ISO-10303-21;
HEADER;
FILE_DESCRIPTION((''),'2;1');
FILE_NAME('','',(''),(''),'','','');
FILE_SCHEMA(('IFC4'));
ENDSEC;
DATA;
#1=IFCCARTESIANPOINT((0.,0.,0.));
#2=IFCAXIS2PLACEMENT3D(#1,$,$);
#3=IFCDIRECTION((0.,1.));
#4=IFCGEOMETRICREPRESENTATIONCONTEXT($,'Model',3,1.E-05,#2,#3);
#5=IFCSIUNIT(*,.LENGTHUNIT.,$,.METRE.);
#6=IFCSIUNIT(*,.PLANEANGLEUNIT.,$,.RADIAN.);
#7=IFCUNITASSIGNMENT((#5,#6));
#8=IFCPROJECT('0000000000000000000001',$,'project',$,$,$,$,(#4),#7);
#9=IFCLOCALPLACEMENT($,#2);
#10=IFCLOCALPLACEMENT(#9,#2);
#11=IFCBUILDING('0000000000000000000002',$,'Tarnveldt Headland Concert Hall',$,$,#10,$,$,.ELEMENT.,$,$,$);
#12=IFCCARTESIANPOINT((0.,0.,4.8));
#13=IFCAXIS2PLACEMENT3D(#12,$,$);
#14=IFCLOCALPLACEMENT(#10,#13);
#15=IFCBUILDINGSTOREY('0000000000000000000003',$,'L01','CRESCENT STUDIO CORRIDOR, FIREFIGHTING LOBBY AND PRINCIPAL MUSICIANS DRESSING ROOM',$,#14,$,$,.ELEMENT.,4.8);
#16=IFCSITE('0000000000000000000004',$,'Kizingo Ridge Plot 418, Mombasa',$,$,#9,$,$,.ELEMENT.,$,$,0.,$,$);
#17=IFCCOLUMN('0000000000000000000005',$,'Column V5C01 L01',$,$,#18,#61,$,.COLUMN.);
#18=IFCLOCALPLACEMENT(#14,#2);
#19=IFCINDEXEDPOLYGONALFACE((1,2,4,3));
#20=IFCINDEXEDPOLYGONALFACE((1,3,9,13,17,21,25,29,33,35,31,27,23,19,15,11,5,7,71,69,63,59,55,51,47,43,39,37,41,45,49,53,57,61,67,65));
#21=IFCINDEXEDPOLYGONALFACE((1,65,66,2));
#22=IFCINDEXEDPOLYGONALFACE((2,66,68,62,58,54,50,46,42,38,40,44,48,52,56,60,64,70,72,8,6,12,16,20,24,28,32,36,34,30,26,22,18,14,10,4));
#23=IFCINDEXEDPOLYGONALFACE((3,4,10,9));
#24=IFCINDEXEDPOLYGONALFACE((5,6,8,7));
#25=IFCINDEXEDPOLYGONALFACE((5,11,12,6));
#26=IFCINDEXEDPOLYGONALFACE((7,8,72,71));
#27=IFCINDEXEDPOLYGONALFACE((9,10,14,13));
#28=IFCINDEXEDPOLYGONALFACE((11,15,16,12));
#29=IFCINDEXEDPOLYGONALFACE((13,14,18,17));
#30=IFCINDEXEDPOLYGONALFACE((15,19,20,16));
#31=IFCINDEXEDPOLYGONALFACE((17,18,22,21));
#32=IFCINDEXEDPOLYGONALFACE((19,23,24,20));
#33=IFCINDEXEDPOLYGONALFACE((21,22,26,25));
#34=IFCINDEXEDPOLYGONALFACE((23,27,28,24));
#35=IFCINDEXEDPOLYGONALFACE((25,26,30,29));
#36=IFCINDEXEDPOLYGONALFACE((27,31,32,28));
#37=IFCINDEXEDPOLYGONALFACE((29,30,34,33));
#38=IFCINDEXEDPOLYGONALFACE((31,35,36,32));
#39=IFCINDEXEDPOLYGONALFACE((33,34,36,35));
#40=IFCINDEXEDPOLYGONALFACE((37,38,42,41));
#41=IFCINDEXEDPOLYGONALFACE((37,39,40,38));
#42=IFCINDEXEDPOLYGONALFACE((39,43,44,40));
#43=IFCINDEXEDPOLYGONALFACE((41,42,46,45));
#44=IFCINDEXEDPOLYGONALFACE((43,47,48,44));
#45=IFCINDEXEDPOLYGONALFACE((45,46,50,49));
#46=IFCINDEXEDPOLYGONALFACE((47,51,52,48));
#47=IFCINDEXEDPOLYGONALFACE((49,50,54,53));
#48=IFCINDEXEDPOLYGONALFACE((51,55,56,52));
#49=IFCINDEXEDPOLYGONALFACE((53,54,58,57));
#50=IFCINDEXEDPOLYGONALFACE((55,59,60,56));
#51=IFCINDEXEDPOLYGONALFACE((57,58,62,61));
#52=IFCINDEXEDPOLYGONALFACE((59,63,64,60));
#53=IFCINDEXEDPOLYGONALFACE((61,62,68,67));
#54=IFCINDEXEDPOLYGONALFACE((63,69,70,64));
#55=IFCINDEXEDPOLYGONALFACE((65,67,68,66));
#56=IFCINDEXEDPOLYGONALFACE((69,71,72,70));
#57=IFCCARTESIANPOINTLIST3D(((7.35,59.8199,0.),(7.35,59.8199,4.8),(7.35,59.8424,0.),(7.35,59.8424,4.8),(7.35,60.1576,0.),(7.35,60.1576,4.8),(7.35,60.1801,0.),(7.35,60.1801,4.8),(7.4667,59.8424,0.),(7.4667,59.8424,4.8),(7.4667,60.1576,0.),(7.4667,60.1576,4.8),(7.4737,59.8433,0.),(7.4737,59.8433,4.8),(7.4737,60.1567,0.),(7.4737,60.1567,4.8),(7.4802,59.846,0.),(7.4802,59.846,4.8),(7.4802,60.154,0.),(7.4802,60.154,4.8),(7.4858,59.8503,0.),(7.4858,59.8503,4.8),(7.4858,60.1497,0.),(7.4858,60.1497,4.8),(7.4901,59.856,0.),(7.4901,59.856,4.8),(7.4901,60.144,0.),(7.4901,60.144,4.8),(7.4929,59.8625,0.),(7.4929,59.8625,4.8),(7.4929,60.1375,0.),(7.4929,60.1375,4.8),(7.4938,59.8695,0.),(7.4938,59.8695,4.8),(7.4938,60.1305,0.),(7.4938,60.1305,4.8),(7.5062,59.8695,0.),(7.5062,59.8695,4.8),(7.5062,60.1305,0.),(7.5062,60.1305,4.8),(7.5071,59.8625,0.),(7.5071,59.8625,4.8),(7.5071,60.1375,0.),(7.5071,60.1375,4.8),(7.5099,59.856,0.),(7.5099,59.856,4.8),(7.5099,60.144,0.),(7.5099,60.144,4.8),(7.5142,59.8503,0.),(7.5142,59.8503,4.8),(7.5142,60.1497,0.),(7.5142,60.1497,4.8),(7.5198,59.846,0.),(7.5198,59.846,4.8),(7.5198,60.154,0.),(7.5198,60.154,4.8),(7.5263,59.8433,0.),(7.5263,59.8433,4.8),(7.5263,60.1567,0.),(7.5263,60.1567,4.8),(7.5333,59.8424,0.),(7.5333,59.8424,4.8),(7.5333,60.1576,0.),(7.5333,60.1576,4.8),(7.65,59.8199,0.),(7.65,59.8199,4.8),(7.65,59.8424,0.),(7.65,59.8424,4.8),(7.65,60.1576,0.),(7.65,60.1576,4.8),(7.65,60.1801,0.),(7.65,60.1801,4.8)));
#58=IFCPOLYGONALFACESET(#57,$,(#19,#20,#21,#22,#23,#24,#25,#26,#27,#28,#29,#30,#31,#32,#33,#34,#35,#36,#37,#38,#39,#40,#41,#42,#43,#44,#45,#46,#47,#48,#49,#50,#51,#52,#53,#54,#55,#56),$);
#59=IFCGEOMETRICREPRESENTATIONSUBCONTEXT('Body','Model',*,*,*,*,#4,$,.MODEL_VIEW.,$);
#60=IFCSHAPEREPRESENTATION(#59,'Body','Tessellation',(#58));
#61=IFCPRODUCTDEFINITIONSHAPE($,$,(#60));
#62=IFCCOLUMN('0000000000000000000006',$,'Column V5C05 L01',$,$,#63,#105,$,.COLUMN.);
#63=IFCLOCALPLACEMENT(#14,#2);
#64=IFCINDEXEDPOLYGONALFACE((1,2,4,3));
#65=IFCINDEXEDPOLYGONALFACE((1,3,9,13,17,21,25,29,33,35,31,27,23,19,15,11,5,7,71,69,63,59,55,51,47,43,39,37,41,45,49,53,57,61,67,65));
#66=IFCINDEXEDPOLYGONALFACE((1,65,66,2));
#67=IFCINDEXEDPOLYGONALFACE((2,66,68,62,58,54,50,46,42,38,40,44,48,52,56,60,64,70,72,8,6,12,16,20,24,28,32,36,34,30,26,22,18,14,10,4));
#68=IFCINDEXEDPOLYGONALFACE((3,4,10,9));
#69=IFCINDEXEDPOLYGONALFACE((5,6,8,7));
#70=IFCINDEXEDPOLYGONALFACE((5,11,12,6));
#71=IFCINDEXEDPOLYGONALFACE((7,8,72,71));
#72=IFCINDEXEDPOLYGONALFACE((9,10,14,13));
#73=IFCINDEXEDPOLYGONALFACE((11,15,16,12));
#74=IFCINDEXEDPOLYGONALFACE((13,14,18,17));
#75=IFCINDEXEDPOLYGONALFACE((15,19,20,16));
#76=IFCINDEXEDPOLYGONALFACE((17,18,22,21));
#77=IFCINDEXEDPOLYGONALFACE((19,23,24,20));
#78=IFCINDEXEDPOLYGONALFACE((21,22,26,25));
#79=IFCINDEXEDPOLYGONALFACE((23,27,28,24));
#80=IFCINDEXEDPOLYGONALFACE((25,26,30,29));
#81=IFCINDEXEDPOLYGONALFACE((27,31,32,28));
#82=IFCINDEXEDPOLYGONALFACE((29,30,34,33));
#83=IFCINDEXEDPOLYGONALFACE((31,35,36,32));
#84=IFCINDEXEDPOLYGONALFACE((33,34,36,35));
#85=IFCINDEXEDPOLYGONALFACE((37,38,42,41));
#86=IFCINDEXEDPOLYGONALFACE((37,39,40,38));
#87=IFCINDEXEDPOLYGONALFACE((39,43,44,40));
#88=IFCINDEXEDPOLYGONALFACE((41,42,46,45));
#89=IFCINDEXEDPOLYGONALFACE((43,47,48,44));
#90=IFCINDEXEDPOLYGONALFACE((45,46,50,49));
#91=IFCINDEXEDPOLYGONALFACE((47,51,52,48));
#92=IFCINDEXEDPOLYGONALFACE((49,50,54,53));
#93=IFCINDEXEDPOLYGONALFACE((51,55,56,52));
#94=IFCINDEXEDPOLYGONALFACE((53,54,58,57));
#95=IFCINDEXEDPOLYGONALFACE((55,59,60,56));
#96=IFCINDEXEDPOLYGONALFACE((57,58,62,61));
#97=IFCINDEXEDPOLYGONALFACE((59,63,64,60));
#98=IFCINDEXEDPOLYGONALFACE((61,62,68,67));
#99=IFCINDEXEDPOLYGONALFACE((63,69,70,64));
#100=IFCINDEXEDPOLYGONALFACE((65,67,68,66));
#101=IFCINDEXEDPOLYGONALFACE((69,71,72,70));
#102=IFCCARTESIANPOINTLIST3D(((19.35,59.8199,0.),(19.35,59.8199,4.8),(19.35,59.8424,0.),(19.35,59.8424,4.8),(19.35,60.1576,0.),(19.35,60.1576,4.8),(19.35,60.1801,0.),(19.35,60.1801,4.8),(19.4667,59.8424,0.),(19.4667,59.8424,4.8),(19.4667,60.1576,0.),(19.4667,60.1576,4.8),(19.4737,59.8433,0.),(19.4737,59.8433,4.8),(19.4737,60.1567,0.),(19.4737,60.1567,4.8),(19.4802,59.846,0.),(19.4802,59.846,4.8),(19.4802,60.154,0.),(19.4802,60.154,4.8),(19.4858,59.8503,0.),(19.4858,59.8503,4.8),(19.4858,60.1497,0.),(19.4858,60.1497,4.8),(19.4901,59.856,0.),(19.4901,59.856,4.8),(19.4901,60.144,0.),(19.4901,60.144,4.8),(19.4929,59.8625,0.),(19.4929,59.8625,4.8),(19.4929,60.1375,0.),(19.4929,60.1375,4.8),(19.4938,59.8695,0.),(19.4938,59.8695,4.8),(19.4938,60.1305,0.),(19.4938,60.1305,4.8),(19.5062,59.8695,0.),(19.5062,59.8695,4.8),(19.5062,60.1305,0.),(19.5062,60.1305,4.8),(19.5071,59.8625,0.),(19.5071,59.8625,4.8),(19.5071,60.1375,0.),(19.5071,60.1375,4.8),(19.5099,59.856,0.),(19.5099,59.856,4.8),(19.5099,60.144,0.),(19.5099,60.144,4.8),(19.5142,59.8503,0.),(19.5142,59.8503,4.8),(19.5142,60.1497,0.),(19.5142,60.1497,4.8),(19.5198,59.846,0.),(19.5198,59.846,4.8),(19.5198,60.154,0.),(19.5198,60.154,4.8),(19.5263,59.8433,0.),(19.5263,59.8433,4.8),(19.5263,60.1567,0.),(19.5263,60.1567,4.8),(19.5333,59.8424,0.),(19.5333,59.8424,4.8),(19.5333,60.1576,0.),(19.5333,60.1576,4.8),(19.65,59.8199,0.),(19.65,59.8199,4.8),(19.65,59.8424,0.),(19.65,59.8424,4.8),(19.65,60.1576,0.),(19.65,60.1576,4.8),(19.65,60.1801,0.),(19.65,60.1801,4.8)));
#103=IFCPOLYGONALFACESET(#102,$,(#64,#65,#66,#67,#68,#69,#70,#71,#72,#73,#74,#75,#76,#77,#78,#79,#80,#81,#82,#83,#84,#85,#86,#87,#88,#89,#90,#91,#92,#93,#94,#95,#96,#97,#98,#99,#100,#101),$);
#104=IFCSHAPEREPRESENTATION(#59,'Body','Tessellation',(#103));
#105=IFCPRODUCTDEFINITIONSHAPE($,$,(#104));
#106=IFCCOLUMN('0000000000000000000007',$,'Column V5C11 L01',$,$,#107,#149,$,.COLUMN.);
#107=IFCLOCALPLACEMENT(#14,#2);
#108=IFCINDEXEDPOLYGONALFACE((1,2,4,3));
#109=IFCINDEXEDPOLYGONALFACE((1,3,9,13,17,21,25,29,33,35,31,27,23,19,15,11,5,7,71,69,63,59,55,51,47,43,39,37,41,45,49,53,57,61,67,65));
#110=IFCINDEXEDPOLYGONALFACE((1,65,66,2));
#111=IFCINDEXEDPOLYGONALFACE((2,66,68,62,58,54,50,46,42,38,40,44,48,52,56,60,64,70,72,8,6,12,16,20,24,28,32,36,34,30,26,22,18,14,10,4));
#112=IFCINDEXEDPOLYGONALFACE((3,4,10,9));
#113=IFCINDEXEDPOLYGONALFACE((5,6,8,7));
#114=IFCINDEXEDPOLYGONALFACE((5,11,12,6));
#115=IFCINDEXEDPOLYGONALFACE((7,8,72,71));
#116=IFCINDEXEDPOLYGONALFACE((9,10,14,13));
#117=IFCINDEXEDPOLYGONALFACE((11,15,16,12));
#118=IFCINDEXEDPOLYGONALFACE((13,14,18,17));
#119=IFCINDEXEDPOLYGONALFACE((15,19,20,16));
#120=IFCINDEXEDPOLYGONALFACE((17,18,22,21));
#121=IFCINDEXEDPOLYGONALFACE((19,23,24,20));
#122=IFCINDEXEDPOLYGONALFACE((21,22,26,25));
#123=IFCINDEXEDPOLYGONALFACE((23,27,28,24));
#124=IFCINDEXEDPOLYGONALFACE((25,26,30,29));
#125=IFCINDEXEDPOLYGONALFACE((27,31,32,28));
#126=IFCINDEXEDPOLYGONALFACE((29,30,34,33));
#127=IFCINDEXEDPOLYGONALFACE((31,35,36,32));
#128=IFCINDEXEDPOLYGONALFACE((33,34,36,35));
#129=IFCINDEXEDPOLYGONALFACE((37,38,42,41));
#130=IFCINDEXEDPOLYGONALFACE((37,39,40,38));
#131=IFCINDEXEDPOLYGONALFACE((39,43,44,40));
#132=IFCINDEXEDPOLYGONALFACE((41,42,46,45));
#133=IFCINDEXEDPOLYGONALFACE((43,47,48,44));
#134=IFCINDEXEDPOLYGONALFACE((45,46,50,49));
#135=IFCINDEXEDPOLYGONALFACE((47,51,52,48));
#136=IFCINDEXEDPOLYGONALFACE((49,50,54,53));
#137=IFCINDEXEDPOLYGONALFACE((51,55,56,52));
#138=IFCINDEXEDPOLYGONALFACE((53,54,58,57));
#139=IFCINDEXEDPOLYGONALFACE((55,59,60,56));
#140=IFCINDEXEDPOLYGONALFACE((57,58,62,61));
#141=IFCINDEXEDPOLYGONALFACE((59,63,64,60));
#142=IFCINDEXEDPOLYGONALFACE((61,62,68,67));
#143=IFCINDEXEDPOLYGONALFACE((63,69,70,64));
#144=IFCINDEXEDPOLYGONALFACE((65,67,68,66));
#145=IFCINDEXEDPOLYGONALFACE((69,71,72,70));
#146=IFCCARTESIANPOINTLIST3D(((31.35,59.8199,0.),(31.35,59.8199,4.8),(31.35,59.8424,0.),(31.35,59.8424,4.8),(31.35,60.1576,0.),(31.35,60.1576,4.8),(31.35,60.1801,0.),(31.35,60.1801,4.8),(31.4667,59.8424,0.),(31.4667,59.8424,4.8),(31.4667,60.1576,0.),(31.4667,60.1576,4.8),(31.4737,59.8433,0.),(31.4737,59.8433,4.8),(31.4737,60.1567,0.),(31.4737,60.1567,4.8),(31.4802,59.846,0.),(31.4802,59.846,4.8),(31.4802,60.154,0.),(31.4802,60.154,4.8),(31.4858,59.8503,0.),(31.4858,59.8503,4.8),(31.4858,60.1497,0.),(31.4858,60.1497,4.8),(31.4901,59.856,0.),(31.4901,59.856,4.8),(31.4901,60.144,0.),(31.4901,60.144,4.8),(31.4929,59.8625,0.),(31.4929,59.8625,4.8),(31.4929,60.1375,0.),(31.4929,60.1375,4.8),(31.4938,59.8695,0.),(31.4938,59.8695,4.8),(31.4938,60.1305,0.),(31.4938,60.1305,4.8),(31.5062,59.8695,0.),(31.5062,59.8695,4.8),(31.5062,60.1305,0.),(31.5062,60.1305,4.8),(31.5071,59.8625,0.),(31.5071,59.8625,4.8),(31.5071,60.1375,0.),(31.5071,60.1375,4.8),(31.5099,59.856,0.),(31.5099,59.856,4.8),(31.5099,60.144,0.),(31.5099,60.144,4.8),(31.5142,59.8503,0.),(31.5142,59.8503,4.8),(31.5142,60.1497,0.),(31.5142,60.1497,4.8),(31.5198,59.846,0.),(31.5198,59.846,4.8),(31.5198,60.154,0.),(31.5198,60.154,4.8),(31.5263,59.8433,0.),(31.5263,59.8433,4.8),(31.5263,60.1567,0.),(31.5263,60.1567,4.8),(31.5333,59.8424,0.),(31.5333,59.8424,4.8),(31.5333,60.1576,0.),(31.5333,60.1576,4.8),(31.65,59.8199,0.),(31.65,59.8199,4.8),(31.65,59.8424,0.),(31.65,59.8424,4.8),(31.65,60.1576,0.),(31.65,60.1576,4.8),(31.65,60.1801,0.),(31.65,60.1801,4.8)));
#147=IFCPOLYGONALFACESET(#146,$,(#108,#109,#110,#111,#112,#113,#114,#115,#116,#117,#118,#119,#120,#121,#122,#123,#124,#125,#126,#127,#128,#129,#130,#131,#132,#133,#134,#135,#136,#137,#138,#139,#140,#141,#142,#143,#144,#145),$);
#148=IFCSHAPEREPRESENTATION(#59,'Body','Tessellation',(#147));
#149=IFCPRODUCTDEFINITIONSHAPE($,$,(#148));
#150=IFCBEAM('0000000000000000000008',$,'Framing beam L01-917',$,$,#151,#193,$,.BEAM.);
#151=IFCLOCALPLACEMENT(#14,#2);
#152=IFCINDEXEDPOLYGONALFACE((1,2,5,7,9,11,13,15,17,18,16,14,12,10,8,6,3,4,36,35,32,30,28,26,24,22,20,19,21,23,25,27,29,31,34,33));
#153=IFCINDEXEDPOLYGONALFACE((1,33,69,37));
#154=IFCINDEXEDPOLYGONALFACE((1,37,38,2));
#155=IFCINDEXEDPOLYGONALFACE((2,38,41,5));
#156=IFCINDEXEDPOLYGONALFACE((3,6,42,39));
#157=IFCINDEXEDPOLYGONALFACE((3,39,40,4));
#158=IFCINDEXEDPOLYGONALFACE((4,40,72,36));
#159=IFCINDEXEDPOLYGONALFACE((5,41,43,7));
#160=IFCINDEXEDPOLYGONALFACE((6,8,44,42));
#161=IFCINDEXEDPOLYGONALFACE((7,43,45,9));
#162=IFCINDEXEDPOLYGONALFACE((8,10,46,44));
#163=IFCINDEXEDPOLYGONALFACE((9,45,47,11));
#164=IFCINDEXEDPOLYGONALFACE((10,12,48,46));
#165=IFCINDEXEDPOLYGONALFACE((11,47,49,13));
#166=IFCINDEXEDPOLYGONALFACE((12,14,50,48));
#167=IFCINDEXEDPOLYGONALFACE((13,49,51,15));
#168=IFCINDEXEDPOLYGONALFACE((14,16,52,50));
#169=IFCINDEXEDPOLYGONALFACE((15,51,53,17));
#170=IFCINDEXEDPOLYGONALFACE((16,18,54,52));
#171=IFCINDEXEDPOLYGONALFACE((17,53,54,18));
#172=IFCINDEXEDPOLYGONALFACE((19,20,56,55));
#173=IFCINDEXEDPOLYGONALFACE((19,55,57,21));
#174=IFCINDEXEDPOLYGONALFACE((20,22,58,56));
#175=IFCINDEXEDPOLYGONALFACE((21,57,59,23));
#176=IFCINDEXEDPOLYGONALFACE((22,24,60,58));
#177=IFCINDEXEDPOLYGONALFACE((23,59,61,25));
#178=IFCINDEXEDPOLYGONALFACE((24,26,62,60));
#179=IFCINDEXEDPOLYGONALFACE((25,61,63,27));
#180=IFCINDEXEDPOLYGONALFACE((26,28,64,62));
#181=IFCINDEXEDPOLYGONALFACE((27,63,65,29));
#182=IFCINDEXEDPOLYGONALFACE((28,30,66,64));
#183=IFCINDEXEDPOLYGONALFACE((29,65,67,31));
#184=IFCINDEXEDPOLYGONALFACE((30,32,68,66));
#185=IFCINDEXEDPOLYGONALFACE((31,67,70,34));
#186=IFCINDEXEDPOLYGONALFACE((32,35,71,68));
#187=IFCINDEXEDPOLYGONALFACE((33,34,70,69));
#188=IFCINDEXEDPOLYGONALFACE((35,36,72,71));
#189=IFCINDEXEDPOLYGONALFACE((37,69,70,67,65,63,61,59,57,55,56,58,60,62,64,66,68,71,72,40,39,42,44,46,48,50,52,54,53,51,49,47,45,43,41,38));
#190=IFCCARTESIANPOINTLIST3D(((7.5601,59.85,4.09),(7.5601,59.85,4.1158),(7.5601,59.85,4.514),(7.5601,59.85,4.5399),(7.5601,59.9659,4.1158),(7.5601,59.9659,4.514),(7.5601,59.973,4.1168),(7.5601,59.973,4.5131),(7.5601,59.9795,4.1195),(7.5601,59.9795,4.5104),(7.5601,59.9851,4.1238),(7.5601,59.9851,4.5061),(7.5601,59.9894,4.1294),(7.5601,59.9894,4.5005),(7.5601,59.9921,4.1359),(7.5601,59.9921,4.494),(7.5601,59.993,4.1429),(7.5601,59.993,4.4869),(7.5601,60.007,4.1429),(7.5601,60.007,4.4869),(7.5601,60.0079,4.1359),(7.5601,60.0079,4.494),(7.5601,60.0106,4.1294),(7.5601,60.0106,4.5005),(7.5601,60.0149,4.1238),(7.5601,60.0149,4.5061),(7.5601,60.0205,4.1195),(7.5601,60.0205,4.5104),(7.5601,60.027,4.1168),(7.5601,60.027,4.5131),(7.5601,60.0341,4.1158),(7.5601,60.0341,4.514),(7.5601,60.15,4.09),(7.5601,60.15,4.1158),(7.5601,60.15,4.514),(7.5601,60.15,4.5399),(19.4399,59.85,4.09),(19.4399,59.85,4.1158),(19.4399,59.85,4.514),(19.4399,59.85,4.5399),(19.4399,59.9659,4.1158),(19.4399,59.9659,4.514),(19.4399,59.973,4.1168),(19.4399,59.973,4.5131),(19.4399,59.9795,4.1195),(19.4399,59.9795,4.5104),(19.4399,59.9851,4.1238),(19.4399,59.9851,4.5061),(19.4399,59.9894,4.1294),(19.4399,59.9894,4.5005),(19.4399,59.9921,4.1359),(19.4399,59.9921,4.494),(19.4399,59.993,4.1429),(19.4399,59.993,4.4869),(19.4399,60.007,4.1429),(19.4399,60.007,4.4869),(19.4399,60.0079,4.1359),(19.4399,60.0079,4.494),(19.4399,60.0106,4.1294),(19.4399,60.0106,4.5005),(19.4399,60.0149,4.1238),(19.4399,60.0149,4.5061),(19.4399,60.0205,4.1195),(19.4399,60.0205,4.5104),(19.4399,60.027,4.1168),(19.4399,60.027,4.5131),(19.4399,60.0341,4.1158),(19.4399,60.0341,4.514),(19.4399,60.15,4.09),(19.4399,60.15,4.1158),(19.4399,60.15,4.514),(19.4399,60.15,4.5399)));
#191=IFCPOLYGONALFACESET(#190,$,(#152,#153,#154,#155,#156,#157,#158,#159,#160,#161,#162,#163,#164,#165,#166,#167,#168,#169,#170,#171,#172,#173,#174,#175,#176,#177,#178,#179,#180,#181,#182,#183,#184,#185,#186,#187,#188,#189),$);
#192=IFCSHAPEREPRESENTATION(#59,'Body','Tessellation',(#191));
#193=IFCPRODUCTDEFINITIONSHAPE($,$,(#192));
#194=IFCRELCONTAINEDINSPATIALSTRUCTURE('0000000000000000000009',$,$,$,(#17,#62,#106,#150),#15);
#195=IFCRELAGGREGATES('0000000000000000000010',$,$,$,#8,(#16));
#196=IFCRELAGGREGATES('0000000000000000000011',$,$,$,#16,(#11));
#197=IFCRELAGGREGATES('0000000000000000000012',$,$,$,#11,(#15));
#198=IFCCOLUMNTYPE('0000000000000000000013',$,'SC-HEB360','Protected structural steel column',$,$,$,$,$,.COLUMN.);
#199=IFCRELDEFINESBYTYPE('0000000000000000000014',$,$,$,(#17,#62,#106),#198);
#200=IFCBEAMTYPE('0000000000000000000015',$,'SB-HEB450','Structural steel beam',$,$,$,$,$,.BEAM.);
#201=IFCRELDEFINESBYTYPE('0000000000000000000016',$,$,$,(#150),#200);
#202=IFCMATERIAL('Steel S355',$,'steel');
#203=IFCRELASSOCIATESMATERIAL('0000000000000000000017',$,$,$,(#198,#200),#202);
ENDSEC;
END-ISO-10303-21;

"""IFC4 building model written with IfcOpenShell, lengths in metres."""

from ifc_helpers import new_model, si_unit, direction, frame, origin, origin_2d, place, context, subcontext, project, spatial, i_section, extrude, material, material_profile, profile_set, type_object, element, save


model = new_model("IFC4")

# Units and contexts
model_context = context("Model", 3, precision=1e-05, world=origin(), true_north=direction((0.0, 1.0)))
body_context = subcontext(model_context, "Body", "Model", "MODEL_VIEW")
ifc_project = project(units=[si_unit("LENGTHUNIT", "METRE"), si_unit("PLANEANGLEUNIT", "RADIAN")], contexts=[model_context])

# Site, building, storey
site_placement = place(None, origin())
site = spatial("IfcSite", under=ifc_project, at=site_placement, Name="Kizingo Ridge Plot 418, Mombasa", CompositionType="ELEMENT", RefElevation=0.0)
building_placement = place(site_placement, origin())
building = spatial("IfcBuilding", under=site, at=building_placement, Name="Tarnveldt Headland Concert Hall", CompositionType="ELEMENT")
storey_placement = place(building_placement, frame((0.0, 0.0, 4.8)))
storey = spatial("IfcBuildingStorey", under=building, at=storey_placement, Name="L01", Description="CRESCENT STUDIO CORRIDOR, FIREFIGHTING LOBBY AND PRINCIPAL MUSICIANS DRESSING ROOM", CompositionType="ELEMENT", Elevation=4.8)

# Columns
ifc_material_1 = material(Name="Steel S355", Category="steel")
ifc_material_profile_1 = material_profile(ifc_material_1, i_section(OverallWidth=0.3, OverallDepth=0.3601, WebThickness=0.0125, FlangeThickness=0.0225, FilletRadius=0.0271, at=origin_2d()), Name="HEB360", Category="steel")
ifc_profile_set_1 = profile_set([ifc_material_profile_1], Name="Steel S355")
column_type = type_object("IfcColumnType", Name="SC-HEB360", Description="Protected structural steel column", PredefinedType="COLUMN", material=ifc_profile_set_1)
for number, where, z_axis, x_axis, name in (
    (1, (7.5, 60.0, 0.0), (0.0, 0.0, 1.0), (1.0, 0.0, 0.0), "Column V5C01 L01"),
    (2, (19.5, 60.0, 0.0), (0.0, 0.0, 1.0), (1.0, 0.0, 0.0), "Column V5C05 L01"),
    (3, (31.5, 60.0, 0.0), (0.0, 0.0, 1.0), (1.0, 0.0, 0.0), "Column V5C11 L01"),
):
    element("IfcColumn", number, at=place(storey_placement, frame(where, z_axis=z_axis, x_axis=x_axis)), inside=storey, type_object=column_type, Name=name, PredefinedType="COLUMN", context=body_context, shape_type="SweptSolid", body=[
        extrude(i_section(OverallWidth=0.3, OverallDepth=0.3601, WebThickness=0.0125, FlangeThickness=0.0225, FilletRadius=0.0271, at=origin_2d()), origin(), (0.0, 0.0, 1.0), 4.8),
    ])

# Beam
ifc_material_profile_2 = material_profile(ifc_material_1, i_section(OverallWidth=0.3, OverallDepth=0.45, WebThickness=0.0139, FlangeThickness=0.0259, FilletRadius=0.0271, at=origin_2d()), Name="HEB450", Category="steel")
ifc_profile_set_2 = profile_set([ifc_material_profile_2], Name="Steel S355")
beam_type_1 = type_object("IfcBeamType", Name="SB-HEB450", Description="Structural steel beam", PredefinedType="BEAM", material=ifc_profile_set_2)
for number, where, z_axis, x_axis, name in (
    (4, (7.5601, 60.0, 4.3149), (1.0, 0.0, 0.0), (0.0, 1.0, 0.0), "Framing beam L01-917"),
):
    element("IfcBeam", number, at=place(storey_placement, frame(where, z_axis=z_axis, x_axis=x_axis)), inside=storey, type_object=beam_type_1, Name=name, PredefinedType="BEAM", context=body_context, shape_type="SweptSolid", body=[
        extrude(i_section(OverallWidth=0.3, OverallDepth=0.45, WebThickness=0.0139, FlangeThickness=0.0259, FilletRadius=0.0271, at=origin_2d()), origin(), (0.0, 0.0, 1.0), 11.8799),
    ])

save(model, "model.ifc")
